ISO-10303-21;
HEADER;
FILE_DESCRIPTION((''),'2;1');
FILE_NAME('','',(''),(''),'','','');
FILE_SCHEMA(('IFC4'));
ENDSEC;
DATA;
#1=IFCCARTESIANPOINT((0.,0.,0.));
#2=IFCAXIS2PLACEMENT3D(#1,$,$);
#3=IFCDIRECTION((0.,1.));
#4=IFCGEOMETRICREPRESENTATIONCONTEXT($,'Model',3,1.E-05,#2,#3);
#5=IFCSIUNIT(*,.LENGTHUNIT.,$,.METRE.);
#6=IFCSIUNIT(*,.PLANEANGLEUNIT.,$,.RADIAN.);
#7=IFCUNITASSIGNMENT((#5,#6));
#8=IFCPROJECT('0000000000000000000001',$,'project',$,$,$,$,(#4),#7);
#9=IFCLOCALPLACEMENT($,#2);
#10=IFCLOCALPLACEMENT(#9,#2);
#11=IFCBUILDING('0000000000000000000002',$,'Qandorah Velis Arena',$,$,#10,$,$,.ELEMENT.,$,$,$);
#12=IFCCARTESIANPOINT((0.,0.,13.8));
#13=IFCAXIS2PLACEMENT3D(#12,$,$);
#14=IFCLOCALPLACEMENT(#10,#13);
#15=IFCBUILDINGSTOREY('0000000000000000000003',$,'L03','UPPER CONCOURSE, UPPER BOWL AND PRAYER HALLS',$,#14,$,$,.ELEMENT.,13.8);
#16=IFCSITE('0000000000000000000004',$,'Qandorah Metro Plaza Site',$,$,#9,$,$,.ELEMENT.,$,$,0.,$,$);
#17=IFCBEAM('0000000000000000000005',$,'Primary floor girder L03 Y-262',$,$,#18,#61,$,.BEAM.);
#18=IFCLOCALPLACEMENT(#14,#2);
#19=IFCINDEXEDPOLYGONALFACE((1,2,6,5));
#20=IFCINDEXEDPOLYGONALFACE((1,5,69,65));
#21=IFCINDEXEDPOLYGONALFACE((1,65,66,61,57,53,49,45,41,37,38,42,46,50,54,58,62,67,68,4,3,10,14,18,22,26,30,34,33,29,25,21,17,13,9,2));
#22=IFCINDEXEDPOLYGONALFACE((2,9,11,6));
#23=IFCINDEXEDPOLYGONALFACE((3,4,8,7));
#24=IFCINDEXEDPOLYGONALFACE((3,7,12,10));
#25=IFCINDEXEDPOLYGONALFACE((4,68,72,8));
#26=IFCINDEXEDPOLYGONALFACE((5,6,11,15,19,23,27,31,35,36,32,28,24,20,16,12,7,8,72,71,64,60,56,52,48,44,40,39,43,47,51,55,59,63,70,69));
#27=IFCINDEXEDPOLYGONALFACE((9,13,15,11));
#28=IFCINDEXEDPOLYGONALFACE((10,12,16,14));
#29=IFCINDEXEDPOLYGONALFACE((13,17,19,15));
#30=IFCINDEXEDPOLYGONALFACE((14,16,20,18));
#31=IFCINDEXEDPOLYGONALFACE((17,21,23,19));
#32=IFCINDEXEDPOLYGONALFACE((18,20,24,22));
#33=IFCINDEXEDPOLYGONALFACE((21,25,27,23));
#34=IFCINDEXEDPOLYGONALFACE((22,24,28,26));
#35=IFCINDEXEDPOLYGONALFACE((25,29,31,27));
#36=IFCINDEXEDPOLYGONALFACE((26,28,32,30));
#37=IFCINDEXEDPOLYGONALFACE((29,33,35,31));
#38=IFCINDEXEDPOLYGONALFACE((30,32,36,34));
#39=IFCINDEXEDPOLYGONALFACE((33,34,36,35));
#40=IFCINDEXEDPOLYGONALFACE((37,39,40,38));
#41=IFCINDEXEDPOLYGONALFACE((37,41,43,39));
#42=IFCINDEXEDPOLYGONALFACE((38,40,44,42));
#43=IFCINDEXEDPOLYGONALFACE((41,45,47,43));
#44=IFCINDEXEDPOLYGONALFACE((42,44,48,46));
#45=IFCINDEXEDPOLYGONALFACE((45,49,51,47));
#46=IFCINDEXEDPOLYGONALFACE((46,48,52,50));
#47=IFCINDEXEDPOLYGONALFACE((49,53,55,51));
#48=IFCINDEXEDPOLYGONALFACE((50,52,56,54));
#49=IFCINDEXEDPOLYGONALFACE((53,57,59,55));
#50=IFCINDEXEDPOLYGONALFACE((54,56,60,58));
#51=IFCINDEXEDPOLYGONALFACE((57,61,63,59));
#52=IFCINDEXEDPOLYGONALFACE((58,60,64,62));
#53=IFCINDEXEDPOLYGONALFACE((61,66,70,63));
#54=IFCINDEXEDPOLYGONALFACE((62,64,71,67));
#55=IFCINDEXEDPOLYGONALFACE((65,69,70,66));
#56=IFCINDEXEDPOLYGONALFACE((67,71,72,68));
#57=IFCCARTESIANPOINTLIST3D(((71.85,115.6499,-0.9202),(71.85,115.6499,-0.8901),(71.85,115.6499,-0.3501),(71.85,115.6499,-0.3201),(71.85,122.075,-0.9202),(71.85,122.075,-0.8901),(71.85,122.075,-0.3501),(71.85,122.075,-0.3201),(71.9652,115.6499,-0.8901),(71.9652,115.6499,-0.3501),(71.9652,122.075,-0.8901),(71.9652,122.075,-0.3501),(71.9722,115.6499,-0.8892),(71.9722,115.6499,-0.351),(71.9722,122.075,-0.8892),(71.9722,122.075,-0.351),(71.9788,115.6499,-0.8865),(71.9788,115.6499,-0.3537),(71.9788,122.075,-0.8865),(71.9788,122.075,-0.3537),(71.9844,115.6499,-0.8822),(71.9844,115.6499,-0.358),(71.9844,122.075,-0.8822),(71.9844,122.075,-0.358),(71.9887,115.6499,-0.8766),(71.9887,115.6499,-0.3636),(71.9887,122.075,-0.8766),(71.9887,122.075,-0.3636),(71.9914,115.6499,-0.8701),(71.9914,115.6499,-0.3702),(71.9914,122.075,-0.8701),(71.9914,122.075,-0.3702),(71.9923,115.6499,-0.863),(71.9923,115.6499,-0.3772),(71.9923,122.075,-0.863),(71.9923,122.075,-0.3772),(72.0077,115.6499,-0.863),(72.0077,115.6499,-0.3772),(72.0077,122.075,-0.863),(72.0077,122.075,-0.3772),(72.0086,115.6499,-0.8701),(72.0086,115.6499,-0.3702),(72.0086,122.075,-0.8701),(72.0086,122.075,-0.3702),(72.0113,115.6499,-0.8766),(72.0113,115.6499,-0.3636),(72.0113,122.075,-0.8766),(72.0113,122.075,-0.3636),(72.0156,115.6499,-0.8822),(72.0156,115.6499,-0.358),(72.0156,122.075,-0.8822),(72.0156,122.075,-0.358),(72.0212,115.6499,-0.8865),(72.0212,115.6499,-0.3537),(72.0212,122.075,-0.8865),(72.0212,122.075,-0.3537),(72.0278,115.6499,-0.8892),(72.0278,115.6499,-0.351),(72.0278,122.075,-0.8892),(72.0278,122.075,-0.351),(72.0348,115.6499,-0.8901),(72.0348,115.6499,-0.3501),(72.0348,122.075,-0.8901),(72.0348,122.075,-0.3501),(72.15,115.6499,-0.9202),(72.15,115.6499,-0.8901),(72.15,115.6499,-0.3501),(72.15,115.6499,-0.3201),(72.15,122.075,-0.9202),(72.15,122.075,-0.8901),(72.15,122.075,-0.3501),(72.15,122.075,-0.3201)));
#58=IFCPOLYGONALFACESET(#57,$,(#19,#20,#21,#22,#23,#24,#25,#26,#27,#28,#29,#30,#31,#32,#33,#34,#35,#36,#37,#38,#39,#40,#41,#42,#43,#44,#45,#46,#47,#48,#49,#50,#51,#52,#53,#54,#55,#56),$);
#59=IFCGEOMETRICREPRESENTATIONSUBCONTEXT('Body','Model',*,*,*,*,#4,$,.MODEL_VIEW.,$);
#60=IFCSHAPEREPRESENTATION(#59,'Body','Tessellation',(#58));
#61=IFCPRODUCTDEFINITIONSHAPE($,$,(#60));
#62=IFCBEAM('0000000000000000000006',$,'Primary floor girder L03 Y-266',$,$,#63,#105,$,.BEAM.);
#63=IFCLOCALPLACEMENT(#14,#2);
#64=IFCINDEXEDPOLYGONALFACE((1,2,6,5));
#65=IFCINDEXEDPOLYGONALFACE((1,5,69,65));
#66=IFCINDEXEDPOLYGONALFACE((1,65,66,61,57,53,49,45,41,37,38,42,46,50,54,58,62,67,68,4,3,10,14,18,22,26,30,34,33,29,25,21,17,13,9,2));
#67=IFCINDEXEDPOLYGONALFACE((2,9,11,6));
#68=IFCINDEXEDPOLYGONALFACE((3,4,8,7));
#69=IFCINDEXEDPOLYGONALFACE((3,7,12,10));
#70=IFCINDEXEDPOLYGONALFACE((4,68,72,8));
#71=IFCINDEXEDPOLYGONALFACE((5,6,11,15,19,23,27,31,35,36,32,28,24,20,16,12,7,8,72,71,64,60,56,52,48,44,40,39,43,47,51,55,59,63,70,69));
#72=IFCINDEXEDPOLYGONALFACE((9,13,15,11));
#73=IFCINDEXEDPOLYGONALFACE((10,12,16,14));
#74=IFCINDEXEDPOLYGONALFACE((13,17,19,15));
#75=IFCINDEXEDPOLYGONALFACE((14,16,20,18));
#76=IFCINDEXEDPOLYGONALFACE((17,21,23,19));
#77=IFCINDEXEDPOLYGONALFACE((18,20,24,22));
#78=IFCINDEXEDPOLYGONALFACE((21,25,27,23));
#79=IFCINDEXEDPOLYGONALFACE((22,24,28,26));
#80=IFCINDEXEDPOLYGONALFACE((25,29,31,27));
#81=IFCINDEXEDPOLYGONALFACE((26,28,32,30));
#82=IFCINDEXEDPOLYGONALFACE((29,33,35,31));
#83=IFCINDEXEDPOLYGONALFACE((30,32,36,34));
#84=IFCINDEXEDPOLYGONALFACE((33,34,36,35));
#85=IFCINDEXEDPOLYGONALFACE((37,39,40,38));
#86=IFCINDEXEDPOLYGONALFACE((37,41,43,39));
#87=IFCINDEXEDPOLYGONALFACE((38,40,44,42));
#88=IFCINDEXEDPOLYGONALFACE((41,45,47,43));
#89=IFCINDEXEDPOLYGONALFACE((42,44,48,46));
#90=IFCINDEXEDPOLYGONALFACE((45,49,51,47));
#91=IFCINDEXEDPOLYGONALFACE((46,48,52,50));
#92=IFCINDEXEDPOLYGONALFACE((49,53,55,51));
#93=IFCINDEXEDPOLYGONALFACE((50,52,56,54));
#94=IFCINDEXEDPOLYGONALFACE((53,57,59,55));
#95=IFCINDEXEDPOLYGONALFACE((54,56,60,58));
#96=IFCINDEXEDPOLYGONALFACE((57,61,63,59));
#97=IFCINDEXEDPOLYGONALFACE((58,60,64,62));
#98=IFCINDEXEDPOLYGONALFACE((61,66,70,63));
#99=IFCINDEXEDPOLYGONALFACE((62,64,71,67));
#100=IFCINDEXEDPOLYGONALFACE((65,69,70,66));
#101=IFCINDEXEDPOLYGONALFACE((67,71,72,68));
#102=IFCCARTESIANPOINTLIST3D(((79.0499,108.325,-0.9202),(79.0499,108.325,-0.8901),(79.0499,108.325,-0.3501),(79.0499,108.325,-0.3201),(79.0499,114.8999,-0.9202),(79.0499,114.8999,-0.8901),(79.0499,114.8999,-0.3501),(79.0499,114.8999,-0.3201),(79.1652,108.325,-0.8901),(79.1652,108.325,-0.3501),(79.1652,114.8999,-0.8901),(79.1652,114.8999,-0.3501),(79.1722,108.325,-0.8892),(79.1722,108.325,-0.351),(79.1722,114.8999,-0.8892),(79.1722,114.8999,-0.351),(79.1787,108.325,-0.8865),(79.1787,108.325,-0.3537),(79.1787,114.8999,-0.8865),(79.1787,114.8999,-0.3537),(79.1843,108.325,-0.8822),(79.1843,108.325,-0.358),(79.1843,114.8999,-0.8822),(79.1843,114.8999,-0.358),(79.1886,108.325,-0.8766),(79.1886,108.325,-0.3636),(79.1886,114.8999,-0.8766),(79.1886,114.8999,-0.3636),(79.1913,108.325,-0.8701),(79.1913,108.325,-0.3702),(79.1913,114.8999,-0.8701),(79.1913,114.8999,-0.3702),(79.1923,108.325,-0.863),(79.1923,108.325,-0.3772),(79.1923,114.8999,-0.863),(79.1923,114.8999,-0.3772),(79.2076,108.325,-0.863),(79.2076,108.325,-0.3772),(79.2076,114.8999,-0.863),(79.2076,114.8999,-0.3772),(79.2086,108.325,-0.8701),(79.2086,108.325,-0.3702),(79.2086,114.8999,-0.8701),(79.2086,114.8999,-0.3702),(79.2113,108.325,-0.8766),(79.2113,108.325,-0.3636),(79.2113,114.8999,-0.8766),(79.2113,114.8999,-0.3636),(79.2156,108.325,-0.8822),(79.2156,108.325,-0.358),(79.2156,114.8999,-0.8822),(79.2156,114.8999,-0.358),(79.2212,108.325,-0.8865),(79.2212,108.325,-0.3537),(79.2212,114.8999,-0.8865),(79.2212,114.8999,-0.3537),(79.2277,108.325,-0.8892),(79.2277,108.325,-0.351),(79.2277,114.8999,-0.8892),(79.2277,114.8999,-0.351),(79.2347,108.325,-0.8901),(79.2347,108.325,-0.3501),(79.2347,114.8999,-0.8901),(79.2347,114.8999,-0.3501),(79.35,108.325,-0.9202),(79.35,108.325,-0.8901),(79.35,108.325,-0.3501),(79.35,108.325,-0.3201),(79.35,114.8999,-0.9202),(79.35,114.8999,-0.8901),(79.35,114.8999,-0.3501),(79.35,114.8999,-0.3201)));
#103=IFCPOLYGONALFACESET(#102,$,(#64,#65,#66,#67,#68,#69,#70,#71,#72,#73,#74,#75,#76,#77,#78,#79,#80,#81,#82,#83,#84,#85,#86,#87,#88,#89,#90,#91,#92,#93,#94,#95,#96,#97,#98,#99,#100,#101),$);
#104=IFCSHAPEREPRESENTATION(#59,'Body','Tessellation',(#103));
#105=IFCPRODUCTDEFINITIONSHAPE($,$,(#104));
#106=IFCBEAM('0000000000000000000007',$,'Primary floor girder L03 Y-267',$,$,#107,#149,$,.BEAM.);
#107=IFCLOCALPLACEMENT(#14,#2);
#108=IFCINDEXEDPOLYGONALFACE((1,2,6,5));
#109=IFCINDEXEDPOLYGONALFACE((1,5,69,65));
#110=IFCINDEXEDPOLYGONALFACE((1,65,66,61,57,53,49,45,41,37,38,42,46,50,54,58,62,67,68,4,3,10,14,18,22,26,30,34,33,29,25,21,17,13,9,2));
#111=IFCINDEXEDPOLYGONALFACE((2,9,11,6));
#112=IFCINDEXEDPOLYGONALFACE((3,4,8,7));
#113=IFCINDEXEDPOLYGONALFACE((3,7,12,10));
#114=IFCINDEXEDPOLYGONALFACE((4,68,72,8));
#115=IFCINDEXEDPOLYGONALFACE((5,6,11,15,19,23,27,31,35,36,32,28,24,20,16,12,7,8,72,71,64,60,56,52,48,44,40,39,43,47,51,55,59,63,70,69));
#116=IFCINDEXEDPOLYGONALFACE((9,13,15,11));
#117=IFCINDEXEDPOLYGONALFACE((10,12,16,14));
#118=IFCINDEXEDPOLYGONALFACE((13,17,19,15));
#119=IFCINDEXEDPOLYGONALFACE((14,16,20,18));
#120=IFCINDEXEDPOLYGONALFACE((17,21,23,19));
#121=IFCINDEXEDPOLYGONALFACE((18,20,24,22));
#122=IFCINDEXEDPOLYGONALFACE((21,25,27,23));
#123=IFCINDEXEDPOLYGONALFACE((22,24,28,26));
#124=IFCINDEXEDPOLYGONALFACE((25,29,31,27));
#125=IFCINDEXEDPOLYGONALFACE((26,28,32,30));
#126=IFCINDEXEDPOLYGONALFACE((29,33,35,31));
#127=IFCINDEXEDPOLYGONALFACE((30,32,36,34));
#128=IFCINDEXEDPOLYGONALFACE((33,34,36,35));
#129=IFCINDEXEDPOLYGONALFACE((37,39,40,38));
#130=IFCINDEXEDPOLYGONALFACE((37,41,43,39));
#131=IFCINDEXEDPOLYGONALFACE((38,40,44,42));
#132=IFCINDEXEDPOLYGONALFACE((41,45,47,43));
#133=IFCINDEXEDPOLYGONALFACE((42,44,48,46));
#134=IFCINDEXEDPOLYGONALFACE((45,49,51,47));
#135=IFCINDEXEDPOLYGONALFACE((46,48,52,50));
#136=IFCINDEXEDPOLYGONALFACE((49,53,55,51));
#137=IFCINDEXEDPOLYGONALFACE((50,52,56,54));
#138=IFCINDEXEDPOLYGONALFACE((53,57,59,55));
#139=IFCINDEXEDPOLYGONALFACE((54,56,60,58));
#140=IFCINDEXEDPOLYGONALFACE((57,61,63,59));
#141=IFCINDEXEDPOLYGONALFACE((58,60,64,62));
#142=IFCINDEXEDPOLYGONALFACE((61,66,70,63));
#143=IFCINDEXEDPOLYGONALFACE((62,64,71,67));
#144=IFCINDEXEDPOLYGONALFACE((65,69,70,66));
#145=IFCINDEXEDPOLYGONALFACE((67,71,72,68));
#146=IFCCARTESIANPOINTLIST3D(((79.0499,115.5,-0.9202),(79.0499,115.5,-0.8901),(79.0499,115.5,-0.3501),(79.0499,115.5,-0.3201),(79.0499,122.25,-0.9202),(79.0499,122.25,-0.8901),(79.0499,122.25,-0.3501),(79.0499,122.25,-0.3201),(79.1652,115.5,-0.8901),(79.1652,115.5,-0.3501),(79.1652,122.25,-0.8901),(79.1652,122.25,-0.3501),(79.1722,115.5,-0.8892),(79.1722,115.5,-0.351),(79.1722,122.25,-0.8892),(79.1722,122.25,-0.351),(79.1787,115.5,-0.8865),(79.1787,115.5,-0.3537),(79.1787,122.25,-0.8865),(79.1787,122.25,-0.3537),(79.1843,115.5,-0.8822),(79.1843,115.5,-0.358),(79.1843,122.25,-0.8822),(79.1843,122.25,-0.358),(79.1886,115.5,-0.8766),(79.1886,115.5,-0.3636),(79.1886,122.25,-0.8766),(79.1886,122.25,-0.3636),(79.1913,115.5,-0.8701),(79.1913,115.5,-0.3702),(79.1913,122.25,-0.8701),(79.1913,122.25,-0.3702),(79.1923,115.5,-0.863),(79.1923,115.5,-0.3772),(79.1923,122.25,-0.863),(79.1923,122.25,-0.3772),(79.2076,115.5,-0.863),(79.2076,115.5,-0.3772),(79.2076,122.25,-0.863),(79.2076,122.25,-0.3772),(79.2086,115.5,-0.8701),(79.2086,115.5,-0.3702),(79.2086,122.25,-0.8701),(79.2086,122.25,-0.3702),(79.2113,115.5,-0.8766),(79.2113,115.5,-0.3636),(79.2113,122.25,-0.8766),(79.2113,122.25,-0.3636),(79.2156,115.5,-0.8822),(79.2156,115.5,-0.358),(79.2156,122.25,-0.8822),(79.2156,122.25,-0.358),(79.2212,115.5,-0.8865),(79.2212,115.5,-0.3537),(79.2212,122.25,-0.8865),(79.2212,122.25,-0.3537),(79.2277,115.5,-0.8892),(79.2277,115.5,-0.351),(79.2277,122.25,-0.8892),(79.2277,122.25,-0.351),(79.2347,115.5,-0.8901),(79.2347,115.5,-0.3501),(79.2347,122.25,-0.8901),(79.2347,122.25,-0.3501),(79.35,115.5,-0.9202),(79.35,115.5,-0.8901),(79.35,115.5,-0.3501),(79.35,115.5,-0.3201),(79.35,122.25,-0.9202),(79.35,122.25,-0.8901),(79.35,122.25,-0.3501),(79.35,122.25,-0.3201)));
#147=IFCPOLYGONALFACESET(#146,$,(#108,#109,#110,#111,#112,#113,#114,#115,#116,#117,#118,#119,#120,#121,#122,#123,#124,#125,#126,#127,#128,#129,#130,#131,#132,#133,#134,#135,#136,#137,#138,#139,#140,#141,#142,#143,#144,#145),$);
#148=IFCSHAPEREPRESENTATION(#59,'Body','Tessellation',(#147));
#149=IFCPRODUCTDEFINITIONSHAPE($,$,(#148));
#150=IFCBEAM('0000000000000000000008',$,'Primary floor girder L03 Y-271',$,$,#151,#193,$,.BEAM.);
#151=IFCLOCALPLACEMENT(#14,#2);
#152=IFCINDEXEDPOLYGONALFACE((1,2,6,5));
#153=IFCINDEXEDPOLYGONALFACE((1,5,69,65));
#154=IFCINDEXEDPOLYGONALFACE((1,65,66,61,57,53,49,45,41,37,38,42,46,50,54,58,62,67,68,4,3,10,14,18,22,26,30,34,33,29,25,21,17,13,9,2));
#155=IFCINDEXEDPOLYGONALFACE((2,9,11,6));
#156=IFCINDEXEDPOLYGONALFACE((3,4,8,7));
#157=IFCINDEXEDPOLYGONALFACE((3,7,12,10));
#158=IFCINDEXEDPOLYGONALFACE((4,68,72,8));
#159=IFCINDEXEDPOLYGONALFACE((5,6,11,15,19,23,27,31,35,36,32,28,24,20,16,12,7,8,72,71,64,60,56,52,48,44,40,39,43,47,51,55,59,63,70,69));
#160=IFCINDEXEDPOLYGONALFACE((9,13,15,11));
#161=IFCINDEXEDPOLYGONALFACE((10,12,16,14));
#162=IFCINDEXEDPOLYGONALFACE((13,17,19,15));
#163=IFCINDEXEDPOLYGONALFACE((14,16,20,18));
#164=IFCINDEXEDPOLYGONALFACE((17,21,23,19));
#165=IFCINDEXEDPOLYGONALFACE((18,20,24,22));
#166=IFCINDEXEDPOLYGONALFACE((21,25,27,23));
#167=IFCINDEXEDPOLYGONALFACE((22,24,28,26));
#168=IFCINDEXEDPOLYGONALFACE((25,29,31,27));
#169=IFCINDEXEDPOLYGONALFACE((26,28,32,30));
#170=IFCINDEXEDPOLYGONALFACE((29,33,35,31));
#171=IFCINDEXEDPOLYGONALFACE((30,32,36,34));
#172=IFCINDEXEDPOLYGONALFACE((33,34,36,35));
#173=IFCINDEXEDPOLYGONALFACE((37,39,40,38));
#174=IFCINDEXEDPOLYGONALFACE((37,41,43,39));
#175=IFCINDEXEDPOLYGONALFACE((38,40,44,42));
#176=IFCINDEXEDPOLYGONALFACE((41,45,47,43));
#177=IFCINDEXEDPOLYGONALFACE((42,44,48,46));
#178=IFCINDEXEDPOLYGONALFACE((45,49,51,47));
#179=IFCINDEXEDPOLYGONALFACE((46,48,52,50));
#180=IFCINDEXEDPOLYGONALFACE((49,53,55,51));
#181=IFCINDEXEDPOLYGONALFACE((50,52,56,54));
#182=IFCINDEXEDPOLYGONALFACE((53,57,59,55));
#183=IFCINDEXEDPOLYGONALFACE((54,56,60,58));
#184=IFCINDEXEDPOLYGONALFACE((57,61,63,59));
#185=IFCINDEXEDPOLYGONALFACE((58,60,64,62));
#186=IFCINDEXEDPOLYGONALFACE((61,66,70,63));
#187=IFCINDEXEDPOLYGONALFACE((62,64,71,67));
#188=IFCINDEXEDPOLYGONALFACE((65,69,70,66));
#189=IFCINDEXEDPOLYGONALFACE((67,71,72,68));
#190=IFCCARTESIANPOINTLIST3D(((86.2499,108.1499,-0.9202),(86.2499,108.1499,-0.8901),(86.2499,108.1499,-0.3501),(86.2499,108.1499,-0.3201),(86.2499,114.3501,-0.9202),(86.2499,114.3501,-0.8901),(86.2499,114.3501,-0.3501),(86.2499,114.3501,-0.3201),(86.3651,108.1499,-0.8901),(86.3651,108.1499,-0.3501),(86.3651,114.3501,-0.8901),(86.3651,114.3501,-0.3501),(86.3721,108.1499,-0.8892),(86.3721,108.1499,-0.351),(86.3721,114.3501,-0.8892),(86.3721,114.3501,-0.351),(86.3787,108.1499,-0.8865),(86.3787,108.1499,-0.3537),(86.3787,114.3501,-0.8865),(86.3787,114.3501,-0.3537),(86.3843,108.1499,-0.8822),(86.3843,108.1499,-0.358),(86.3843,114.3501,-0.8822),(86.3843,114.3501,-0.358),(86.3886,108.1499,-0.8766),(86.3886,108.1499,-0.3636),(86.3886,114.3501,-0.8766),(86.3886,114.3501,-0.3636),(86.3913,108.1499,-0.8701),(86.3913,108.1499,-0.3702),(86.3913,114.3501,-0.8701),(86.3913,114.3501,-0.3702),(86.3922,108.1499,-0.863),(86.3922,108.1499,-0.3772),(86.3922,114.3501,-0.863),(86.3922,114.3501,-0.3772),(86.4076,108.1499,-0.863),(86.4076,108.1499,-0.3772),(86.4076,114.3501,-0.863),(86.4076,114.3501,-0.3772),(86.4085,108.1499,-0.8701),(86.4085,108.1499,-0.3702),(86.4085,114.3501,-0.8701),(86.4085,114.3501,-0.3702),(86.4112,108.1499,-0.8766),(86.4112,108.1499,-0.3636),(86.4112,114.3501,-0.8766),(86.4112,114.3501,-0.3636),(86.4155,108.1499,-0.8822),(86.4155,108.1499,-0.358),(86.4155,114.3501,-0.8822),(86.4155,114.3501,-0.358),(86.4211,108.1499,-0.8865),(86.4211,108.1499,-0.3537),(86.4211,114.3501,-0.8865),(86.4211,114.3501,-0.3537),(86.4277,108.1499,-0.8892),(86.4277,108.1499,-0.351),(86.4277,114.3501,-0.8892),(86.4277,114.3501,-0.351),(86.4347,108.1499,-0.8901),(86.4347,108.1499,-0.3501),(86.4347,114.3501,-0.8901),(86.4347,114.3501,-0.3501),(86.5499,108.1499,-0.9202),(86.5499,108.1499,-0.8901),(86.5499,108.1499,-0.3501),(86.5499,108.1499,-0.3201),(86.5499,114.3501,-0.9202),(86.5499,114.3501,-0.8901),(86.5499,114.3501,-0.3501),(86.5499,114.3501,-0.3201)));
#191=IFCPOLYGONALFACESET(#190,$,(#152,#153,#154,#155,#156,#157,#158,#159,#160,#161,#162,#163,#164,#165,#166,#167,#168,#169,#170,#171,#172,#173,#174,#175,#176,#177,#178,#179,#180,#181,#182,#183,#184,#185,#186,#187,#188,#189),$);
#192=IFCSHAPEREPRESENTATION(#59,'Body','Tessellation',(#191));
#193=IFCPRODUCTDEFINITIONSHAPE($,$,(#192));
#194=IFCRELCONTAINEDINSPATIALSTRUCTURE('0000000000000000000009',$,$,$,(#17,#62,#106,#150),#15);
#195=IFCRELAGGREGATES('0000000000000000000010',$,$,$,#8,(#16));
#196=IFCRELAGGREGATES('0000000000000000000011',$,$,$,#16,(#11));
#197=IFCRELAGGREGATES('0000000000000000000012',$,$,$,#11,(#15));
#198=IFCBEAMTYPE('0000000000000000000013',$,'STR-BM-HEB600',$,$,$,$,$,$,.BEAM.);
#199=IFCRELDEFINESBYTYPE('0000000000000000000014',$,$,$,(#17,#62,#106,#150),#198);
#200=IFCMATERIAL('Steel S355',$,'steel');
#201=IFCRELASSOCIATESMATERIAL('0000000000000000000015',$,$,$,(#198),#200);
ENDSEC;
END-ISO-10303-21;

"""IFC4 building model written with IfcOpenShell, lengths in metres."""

from ifc_helpers import new_model, si_unit, direction, frame, origin, origin_2d, place, context, subcontext, project, spatial, i_section, extrude, material, material_profile, profile_set, type_object, element, save


model = new_model("IFC4")

# Units and contexts
model_context = context("Model", 3, precision=1e-05, world=origin(), true_north=direction((0.0, 1.0)))
body_context = subcontext(model_context, "Body", "Model", "MODEL_VIEW")
ifc_project = project(units=[si_unit("LENGTHUNIT", "METRE"), si_unit("PLANEANGLEUNIT", "RADIAN")], contexts=[model_context])

# Site, building, storey
site_placement = place(None, origin())
site = spatial("IfcSite", under=ifc_project, at=site_placement, Name="Qandorah Metro Plaza Site", CompositionType="ELEMENT", RefElevation=0.0)
building_placement = place(site_placement, origin())
building = spatial("IfcBuilding", under=site, at=building_placement, Name="Qandorah Velis Arena", CompositionType="ELEMENT")
storey_placement = place(building_placement, frame((0.0, 0.0, 13.8)))
storey = spatial("IfcBuildingStorey", under=building, at=storey_placement, Name="L03", Description="UPPER CONCOURSE, UPPER BOWL AND PRAYER HALLS", CompositionType="ELEMENT", Elevation=13.8)

# Beams
ifc_material_1 = material(Name="Steel S355", Category="steel")
ifc_material_profile_1 = material_profile(ifc_material_1, i_section(OverallWidth=0.3, OverallDepth=0.6001, WebThickness=0.0154, FlangeThickness=0.03, FilletRadius=0.0271, at=origin_2d()), Name="HEB 600")
ifc_profile_set_1 = profile_set([ifc_material_profile_1], Name="Steel S355")
beam_type_1 = type_object("IfcBeamType", Name="STR-BM-HEB600", PredefinedType="BEAM", material=ifc_profile_set_1)
beam_1_placement = place(storey_placement, frame((72.0, 115.6499, -0.6201), z_axis=(0.0, 1.0, 0.0), x_axis=(-1.0, 0.0, 0.0)))
element("IfcBeam", 1, at=beam_1_placement, inside=storey, type_object=beam_type_1, Name="Primary floor girder L03 Y-262", PredefinedType="BEAM", context=body_context, shape_type="SweptSolid", body=[
    extrude(i_section(OverallWidth=0.3, OverallDepth=0.6001, WebThickness=0.0154, FlangeThickness=0.03, FilletRadius=0.0271, at=origin_2d()), origin(), (0.0, 0.0, 1.0), 6.425),
])
beam_2_placement = place(storey_placement, frame((79.2, 108.325, -0.6201), z_axis=(0.0, 1.0, 0.0), x_axis=(-1.0, 0.0, 0.0)))
element("IfcBeam", 2, at=beam_2_placement, inside=storey, type_object=beam_type_1, Name="Primary floor girder L03 Y-266", PredefinedType="BEAM", context=body_context, shape_type="SweptSolid", body=[
    extrude(i_section(OverallWidth=0.3, OverallDepth=0.6001, WebThickness=0.0154, FlangeThickness=0.03, FilletRadius=0.0271, at=origin_2d()), origin(), (0.0, 0.0, 1.0), 6.575),
])
beam_3_placement = place(storey_placement, frame((79.2, 115.5, -0.6201), z_axis=(0.0, 1.0, 0.0), x_axis=(-1.0, 0.0, 0.0)))
element("IfcBeam", 3, at=beam_3_placement, inside=storey, type_object=beam_type_1, Name="Primary floor girder L03 Y-267", PredefinedType="BEAM", context=body_context, shape_type="SweptSolid", body=[
    extrude(i_section(OverallWidth=0.3, OverallDepth=0.6001, WebThickness=0.0154, FlangeThickness=0.03, FilletRadius=0.0271, at=origin_2d()), origin(), (0.0, 0.0, 1.0), 6.75),
])
beam_4_placement = place(storey_placement, frame((86.3999, 108.1499, -0.6201), z_axis=(0.0, 1.0, 0.0), x_axis=(-1.0, 0.0, 0.0)))
element("IfcBeam", 4, at=beam_4_placement, inside=storey, type_object=beam_type_1, Name="Primary floor girder L03 Y-271", PredefinedType="BEAM", context=body_context, shape_type="SweptSolid", body=[
    extrude(i_section(OverallWidth=0.3, OverallDepth=0.6001, WebThickness=0.0154, FlangeThickness=0.03, FilletRadius=0.0271, at=origin_2d()), origin(), (0.0, 0.0, 1.0), 6.2002),
])

save(model, "model.ifc")
